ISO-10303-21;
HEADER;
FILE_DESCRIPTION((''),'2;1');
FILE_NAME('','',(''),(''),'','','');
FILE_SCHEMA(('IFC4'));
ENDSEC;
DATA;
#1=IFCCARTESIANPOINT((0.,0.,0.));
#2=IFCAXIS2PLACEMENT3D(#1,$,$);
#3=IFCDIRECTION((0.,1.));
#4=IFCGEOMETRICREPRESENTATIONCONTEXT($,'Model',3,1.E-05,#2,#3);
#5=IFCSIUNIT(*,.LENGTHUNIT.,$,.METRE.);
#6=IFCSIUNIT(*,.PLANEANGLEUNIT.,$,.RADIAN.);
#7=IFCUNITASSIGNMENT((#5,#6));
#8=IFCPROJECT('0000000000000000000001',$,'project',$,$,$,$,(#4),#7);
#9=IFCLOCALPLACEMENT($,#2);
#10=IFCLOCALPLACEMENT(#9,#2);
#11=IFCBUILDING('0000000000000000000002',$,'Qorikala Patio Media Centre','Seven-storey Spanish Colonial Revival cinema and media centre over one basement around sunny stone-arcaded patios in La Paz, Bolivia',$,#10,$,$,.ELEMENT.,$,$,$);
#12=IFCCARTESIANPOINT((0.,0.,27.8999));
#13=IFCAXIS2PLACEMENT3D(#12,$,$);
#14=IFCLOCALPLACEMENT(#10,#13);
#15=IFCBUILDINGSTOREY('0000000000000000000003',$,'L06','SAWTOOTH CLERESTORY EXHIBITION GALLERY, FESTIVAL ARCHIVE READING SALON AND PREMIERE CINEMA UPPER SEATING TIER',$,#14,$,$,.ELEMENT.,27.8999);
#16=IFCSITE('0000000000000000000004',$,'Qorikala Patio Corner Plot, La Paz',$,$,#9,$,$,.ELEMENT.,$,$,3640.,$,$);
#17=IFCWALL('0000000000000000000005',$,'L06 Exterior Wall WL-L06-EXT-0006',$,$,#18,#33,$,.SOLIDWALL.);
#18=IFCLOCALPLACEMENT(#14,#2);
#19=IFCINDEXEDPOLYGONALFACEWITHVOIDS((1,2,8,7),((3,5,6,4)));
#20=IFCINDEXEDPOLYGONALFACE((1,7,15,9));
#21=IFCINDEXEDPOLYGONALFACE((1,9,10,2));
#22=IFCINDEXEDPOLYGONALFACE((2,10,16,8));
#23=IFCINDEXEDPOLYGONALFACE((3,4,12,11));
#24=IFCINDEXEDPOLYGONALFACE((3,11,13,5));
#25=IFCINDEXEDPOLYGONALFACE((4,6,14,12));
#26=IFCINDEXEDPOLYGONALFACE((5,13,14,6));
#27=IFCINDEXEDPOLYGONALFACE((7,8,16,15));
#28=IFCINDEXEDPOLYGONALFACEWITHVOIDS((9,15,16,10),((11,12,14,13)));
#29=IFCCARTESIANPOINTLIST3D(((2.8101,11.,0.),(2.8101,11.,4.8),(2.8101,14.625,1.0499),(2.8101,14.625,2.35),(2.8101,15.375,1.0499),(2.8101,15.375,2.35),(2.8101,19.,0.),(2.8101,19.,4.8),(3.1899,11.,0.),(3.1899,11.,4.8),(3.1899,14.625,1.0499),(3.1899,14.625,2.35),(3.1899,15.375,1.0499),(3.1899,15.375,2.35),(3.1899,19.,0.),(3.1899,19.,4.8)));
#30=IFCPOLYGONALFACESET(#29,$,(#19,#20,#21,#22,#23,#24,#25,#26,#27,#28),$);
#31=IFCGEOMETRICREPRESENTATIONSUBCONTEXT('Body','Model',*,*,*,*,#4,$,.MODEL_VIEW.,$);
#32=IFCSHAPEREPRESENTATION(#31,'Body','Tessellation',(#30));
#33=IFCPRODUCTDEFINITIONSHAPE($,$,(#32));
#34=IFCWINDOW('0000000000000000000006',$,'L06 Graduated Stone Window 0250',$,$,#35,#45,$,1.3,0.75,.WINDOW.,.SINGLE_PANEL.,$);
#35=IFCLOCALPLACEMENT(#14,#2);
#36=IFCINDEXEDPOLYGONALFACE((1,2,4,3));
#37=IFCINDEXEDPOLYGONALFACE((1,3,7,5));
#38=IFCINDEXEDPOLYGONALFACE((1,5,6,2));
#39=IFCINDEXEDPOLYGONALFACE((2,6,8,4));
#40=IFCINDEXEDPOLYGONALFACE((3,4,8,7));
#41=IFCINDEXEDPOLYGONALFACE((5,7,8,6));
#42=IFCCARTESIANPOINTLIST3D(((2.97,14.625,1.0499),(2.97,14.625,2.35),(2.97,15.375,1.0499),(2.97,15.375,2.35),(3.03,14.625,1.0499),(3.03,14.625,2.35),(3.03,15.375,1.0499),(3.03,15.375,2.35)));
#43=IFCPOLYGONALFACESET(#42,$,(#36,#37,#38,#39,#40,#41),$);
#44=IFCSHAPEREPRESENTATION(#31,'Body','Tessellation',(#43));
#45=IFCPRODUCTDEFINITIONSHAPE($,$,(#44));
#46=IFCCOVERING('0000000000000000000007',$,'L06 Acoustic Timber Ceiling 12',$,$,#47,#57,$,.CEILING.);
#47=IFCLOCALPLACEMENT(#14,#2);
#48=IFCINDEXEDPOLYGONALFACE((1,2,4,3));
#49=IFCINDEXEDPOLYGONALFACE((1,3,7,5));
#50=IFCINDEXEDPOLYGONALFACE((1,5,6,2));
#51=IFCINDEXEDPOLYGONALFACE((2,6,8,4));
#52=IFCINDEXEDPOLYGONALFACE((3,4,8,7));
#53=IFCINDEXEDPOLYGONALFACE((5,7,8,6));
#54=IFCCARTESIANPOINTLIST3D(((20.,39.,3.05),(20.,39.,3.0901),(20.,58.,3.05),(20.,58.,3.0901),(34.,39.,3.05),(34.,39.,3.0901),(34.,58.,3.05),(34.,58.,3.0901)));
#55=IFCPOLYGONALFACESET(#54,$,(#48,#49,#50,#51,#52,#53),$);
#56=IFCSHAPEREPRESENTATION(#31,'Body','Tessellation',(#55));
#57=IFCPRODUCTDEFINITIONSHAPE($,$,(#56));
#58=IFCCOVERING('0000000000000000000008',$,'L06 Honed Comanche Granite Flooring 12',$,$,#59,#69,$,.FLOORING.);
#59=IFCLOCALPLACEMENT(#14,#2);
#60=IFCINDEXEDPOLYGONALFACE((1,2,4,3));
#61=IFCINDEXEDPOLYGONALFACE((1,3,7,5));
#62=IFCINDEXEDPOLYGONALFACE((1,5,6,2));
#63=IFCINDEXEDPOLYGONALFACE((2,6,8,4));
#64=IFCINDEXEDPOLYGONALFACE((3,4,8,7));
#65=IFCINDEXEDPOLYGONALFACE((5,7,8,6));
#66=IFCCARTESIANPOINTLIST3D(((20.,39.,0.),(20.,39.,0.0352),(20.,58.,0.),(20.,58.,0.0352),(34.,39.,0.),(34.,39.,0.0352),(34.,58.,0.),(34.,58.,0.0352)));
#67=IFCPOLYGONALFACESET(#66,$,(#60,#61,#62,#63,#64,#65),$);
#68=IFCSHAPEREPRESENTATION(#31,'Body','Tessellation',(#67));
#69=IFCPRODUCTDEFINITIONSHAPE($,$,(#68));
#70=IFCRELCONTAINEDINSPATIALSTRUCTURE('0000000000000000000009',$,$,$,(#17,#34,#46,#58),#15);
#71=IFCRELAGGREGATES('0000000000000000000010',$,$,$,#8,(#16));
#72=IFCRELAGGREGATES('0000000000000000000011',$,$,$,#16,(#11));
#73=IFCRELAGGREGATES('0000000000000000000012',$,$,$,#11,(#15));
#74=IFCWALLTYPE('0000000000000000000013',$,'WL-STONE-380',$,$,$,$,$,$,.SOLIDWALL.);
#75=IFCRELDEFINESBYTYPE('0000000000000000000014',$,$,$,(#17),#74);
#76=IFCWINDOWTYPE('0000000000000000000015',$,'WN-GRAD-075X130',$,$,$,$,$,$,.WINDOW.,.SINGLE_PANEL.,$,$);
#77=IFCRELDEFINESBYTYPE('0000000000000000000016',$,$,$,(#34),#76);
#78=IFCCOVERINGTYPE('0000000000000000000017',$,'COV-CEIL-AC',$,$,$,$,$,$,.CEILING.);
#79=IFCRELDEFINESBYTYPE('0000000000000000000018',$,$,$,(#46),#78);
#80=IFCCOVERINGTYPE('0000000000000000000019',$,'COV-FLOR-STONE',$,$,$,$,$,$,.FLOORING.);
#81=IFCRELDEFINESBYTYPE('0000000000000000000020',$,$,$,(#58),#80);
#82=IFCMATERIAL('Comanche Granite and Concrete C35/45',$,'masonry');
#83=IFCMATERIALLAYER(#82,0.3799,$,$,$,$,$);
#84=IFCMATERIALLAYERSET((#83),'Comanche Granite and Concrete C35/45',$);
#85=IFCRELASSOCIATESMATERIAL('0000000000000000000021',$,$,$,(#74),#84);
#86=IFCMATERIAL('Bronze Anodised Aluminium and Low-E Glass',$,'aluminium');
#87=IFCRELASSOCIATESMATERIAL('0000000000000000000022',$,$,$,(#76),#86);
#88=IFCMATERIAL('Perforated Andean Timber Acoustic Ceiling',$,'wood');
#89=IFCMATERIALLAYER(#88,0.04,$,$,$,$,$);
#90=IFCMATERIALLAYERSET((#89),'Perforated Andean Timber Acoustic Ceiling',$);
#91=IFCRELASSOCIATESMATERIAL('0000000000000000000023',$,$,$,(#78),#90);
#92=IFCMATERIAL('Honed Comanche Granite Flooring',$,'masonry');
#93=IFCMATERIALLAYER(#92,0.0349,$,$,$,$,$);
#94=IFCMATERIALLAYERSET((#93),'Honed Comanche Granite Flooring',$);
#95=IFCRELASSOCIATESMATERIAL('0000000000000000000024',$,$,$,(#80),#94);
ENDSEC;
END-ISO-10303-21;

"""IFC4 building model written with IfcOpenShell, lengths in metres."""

from ifc_helpers import new_model, si_unit, direction, frame, frame_2d, origin, place, context, subcontext, project, spatial, polyline, rectangle, outline, extrude, material, layer, layer_set, type_object, element, fill, save


model = new_model("IFC4")

# Units and contexts
model_context = context("Model", 3, precision=1e-05, world=origin(), true_north=direction((0.0, 1.0)))
body_context = subcontext(model_context, "Body", "Model", "MODEL_VIEW")
ifc_project = project(units=[si_unit("LENGTHUNIT", "METRE"), si_unit("PLANEANGLEUNIT", "RADIAN")], contexts=[model_context])

# Site, building, storey
site_placement = place(None, origin())
site = spatial("IfcSite", under=ifc_project, at=site_placement, Name="Qorikala Patio Corner Plot, La Paz", CompositionType="ELEMENT", RefElevation=3640.0)
building_placement = place(site_placement, origin())
building = spatial("IfcBuilding", under=site, at=building_placement, Name="Qorikala Patio Media Centre", Description="Seven-storey Spanish Colonial Revival cinema and media centre over one basement around sunny stone-arcaded patios in La Paz, Bolivia", CompositionType="ELEMENT")
storey_placement = place(building_placement, frame((0.0, 0.0, 27.8999)))
storey = spatial("IfcBuildingStorey", under=building, at=storey_placement, Name="L06", Description="SAWTOOTH CLERESTORY EXHIBITION GALLERY, FESTIVAL ARCHIVE READING SALON AND PREMIERE CINEMA UPPER SEATING TIER", CompositionType="ELEMENT", Elevation=27.8999)

# Wall, opening, window
ifc_material_1 = material(Name="Comanche Granite and Concrete C35/45", Category="masonry")
ifc_layer_1 = layer(ifc_material_1, 0.3799)
ifc_layer_set_1 = layer_set([ifc_layer_1], Name="Comanche Granite and Concrete C35/45")
wall_type_1 = type_object("IfcWallType", Name="WL-STONE-380", PredefinedType="SOLIDWALL", material=ifc_layer_set_1)
ifc_material_2 = material(Name="Bronze Anodised Aluminium and Low-E Glass", Category="aluminium")
wall_1_placement = place(storey_placement, frame((3.0, 11.0, 0.0), z_axis=(0.0, 0.0, 1.0), x_axis=(0.0, 1.0, 0.0)))
wall_1 = element("IfcWall", 1, at=wall_1_placement, inside=storey, type_object=wall_type_1, Name="L06 Exterior Wall WL-L06-EXT-0006", PredefinedType="SOLIDWALL", context=body_context, shape_type="SweptSolid", body=[
    extrude(rectangle(XDim=8.0, YDim=0.3799, at=frame_2d((4.0, 0.0))), origin(), (0.0, 0.0, 1.0), 4.8),
])
opening_1_placement = place(wall_1_placement, frame((3.625, 0.0, 1.05)))
opening_1 = element("IfcOpeningElement", 2, at=opening_1_placement, cuts=wall_1, PredefinedType="OPENING", context=body_context, shape_type="SweptSolid", body=[
    extrude(rectangle(XDim=0.75, YDim=1.3, at=frame_2d((0.375, 0.6499))), frame((0.0, 0.2, 0.0), z_axis=(0.0, -1.0, 0.0), x_axis=(1.0, 0.0, 0.0)), (0.0, 0.0, 1.0), 0.3999),
])
window_type_1 = type_object("IfcWindowType", Name="WN-GRAD-075X130", PartitioningType="SINGLE_PANEL", PredefinedType="WINDOW", material=ifc_material_2)
window_1_placement = place(opening_1_placement, origin())
window_1 = element("IfcWindow", 3, at=window_1_placement, inside=storey, type_object=window_type_1, Name="L06 Graduated Stone Window 0250", OverallHeight=1.3, OverallWidth=0.75, PartitioningType="SINGLE_PANEL", PredefinedType="WINDOW", context=body_context, shape_type="SweptSolid", body=[
    extrude(rectangle(XDim=0.75, YDim=1.3, at=frame_2d((0.375, 0.6499))), frame((0.0, 0.03, 0.0), z_axis=(0.0, -1.0, 0.0), x_axis=(1.0, 0.0, 0.0)), (0.0, 0.0, 1.0), 0.0601),
])
fill(opening_1, window_1)

# Coverings
ifc_material_3 = material(Name="Perforated Andean Timber Acoustic Ceiling", Category="wood")
ifc_layer_2 = layer(ifc_material_3, 0.04)
ifc_layer_set_2 = layer_set([ifc_layer_2], Name="Perforated Andean Timber Acoustic Ceiling")
covering_type_1 = type_object("IfcCoveringType", Name="COV-CEIL-AC", PredefinedType="CEILING", material=ifc_layer_set_2)
covering_1_placement = place(storey_placement, frame((0.0, 0.0, 3.05)))
element("IfcCovering", 4, at=covering_1_placement, inside=storey, type_object=covering_type_1, Name="L06 Acoustic Timber Ceiling 12", PredefinedType="CEILING", context=body_context, shape_type="SweptSolid", body=[
    extrude(outline(polyline([(20.0, 39.0), (34.0, 39.0), (34.0, 58.0), (20.0, 58.0), (20.0, 39.0)])), origin(), (0.0, 0.0, 1.0), 0.04),
])
ifc_material_4 = material(Name="Honed Comanche Granite Flooring", Category="masonry")
ifc_layer_3 = layer(ifc_material_4, 0.0349)
ifc_layer_set_3 = layer_set([ifc_layer_3], Name="Honed Comanche Granite Flooring")
covering_type_2 = type_object("IfcCoveringType", Name="COV-FLOR-STONE", PredefinedType="FLOORING", material=ifc_layer_set_3)
covering_2_placement = place(storey_placement, origin())
element("IfcCovering", 5, at=covering_2_placement, inside=storey, type_object=covering_type_2, Name="L06 Honed Comanche Granite Flooring 12", PredefinedType="FLOORING", context=body_context, shape_type="SweptSolid", body=[
    extrude(outline(polyline([(20.0, 39.0), (34.0, 39.0), (34.0, 58.0), (20.0, 58.0), (20.0, 39.0)])), origin(), (0.0, 0.0, 1.0), 0.0352),
])

save(model, "model.ifc")
